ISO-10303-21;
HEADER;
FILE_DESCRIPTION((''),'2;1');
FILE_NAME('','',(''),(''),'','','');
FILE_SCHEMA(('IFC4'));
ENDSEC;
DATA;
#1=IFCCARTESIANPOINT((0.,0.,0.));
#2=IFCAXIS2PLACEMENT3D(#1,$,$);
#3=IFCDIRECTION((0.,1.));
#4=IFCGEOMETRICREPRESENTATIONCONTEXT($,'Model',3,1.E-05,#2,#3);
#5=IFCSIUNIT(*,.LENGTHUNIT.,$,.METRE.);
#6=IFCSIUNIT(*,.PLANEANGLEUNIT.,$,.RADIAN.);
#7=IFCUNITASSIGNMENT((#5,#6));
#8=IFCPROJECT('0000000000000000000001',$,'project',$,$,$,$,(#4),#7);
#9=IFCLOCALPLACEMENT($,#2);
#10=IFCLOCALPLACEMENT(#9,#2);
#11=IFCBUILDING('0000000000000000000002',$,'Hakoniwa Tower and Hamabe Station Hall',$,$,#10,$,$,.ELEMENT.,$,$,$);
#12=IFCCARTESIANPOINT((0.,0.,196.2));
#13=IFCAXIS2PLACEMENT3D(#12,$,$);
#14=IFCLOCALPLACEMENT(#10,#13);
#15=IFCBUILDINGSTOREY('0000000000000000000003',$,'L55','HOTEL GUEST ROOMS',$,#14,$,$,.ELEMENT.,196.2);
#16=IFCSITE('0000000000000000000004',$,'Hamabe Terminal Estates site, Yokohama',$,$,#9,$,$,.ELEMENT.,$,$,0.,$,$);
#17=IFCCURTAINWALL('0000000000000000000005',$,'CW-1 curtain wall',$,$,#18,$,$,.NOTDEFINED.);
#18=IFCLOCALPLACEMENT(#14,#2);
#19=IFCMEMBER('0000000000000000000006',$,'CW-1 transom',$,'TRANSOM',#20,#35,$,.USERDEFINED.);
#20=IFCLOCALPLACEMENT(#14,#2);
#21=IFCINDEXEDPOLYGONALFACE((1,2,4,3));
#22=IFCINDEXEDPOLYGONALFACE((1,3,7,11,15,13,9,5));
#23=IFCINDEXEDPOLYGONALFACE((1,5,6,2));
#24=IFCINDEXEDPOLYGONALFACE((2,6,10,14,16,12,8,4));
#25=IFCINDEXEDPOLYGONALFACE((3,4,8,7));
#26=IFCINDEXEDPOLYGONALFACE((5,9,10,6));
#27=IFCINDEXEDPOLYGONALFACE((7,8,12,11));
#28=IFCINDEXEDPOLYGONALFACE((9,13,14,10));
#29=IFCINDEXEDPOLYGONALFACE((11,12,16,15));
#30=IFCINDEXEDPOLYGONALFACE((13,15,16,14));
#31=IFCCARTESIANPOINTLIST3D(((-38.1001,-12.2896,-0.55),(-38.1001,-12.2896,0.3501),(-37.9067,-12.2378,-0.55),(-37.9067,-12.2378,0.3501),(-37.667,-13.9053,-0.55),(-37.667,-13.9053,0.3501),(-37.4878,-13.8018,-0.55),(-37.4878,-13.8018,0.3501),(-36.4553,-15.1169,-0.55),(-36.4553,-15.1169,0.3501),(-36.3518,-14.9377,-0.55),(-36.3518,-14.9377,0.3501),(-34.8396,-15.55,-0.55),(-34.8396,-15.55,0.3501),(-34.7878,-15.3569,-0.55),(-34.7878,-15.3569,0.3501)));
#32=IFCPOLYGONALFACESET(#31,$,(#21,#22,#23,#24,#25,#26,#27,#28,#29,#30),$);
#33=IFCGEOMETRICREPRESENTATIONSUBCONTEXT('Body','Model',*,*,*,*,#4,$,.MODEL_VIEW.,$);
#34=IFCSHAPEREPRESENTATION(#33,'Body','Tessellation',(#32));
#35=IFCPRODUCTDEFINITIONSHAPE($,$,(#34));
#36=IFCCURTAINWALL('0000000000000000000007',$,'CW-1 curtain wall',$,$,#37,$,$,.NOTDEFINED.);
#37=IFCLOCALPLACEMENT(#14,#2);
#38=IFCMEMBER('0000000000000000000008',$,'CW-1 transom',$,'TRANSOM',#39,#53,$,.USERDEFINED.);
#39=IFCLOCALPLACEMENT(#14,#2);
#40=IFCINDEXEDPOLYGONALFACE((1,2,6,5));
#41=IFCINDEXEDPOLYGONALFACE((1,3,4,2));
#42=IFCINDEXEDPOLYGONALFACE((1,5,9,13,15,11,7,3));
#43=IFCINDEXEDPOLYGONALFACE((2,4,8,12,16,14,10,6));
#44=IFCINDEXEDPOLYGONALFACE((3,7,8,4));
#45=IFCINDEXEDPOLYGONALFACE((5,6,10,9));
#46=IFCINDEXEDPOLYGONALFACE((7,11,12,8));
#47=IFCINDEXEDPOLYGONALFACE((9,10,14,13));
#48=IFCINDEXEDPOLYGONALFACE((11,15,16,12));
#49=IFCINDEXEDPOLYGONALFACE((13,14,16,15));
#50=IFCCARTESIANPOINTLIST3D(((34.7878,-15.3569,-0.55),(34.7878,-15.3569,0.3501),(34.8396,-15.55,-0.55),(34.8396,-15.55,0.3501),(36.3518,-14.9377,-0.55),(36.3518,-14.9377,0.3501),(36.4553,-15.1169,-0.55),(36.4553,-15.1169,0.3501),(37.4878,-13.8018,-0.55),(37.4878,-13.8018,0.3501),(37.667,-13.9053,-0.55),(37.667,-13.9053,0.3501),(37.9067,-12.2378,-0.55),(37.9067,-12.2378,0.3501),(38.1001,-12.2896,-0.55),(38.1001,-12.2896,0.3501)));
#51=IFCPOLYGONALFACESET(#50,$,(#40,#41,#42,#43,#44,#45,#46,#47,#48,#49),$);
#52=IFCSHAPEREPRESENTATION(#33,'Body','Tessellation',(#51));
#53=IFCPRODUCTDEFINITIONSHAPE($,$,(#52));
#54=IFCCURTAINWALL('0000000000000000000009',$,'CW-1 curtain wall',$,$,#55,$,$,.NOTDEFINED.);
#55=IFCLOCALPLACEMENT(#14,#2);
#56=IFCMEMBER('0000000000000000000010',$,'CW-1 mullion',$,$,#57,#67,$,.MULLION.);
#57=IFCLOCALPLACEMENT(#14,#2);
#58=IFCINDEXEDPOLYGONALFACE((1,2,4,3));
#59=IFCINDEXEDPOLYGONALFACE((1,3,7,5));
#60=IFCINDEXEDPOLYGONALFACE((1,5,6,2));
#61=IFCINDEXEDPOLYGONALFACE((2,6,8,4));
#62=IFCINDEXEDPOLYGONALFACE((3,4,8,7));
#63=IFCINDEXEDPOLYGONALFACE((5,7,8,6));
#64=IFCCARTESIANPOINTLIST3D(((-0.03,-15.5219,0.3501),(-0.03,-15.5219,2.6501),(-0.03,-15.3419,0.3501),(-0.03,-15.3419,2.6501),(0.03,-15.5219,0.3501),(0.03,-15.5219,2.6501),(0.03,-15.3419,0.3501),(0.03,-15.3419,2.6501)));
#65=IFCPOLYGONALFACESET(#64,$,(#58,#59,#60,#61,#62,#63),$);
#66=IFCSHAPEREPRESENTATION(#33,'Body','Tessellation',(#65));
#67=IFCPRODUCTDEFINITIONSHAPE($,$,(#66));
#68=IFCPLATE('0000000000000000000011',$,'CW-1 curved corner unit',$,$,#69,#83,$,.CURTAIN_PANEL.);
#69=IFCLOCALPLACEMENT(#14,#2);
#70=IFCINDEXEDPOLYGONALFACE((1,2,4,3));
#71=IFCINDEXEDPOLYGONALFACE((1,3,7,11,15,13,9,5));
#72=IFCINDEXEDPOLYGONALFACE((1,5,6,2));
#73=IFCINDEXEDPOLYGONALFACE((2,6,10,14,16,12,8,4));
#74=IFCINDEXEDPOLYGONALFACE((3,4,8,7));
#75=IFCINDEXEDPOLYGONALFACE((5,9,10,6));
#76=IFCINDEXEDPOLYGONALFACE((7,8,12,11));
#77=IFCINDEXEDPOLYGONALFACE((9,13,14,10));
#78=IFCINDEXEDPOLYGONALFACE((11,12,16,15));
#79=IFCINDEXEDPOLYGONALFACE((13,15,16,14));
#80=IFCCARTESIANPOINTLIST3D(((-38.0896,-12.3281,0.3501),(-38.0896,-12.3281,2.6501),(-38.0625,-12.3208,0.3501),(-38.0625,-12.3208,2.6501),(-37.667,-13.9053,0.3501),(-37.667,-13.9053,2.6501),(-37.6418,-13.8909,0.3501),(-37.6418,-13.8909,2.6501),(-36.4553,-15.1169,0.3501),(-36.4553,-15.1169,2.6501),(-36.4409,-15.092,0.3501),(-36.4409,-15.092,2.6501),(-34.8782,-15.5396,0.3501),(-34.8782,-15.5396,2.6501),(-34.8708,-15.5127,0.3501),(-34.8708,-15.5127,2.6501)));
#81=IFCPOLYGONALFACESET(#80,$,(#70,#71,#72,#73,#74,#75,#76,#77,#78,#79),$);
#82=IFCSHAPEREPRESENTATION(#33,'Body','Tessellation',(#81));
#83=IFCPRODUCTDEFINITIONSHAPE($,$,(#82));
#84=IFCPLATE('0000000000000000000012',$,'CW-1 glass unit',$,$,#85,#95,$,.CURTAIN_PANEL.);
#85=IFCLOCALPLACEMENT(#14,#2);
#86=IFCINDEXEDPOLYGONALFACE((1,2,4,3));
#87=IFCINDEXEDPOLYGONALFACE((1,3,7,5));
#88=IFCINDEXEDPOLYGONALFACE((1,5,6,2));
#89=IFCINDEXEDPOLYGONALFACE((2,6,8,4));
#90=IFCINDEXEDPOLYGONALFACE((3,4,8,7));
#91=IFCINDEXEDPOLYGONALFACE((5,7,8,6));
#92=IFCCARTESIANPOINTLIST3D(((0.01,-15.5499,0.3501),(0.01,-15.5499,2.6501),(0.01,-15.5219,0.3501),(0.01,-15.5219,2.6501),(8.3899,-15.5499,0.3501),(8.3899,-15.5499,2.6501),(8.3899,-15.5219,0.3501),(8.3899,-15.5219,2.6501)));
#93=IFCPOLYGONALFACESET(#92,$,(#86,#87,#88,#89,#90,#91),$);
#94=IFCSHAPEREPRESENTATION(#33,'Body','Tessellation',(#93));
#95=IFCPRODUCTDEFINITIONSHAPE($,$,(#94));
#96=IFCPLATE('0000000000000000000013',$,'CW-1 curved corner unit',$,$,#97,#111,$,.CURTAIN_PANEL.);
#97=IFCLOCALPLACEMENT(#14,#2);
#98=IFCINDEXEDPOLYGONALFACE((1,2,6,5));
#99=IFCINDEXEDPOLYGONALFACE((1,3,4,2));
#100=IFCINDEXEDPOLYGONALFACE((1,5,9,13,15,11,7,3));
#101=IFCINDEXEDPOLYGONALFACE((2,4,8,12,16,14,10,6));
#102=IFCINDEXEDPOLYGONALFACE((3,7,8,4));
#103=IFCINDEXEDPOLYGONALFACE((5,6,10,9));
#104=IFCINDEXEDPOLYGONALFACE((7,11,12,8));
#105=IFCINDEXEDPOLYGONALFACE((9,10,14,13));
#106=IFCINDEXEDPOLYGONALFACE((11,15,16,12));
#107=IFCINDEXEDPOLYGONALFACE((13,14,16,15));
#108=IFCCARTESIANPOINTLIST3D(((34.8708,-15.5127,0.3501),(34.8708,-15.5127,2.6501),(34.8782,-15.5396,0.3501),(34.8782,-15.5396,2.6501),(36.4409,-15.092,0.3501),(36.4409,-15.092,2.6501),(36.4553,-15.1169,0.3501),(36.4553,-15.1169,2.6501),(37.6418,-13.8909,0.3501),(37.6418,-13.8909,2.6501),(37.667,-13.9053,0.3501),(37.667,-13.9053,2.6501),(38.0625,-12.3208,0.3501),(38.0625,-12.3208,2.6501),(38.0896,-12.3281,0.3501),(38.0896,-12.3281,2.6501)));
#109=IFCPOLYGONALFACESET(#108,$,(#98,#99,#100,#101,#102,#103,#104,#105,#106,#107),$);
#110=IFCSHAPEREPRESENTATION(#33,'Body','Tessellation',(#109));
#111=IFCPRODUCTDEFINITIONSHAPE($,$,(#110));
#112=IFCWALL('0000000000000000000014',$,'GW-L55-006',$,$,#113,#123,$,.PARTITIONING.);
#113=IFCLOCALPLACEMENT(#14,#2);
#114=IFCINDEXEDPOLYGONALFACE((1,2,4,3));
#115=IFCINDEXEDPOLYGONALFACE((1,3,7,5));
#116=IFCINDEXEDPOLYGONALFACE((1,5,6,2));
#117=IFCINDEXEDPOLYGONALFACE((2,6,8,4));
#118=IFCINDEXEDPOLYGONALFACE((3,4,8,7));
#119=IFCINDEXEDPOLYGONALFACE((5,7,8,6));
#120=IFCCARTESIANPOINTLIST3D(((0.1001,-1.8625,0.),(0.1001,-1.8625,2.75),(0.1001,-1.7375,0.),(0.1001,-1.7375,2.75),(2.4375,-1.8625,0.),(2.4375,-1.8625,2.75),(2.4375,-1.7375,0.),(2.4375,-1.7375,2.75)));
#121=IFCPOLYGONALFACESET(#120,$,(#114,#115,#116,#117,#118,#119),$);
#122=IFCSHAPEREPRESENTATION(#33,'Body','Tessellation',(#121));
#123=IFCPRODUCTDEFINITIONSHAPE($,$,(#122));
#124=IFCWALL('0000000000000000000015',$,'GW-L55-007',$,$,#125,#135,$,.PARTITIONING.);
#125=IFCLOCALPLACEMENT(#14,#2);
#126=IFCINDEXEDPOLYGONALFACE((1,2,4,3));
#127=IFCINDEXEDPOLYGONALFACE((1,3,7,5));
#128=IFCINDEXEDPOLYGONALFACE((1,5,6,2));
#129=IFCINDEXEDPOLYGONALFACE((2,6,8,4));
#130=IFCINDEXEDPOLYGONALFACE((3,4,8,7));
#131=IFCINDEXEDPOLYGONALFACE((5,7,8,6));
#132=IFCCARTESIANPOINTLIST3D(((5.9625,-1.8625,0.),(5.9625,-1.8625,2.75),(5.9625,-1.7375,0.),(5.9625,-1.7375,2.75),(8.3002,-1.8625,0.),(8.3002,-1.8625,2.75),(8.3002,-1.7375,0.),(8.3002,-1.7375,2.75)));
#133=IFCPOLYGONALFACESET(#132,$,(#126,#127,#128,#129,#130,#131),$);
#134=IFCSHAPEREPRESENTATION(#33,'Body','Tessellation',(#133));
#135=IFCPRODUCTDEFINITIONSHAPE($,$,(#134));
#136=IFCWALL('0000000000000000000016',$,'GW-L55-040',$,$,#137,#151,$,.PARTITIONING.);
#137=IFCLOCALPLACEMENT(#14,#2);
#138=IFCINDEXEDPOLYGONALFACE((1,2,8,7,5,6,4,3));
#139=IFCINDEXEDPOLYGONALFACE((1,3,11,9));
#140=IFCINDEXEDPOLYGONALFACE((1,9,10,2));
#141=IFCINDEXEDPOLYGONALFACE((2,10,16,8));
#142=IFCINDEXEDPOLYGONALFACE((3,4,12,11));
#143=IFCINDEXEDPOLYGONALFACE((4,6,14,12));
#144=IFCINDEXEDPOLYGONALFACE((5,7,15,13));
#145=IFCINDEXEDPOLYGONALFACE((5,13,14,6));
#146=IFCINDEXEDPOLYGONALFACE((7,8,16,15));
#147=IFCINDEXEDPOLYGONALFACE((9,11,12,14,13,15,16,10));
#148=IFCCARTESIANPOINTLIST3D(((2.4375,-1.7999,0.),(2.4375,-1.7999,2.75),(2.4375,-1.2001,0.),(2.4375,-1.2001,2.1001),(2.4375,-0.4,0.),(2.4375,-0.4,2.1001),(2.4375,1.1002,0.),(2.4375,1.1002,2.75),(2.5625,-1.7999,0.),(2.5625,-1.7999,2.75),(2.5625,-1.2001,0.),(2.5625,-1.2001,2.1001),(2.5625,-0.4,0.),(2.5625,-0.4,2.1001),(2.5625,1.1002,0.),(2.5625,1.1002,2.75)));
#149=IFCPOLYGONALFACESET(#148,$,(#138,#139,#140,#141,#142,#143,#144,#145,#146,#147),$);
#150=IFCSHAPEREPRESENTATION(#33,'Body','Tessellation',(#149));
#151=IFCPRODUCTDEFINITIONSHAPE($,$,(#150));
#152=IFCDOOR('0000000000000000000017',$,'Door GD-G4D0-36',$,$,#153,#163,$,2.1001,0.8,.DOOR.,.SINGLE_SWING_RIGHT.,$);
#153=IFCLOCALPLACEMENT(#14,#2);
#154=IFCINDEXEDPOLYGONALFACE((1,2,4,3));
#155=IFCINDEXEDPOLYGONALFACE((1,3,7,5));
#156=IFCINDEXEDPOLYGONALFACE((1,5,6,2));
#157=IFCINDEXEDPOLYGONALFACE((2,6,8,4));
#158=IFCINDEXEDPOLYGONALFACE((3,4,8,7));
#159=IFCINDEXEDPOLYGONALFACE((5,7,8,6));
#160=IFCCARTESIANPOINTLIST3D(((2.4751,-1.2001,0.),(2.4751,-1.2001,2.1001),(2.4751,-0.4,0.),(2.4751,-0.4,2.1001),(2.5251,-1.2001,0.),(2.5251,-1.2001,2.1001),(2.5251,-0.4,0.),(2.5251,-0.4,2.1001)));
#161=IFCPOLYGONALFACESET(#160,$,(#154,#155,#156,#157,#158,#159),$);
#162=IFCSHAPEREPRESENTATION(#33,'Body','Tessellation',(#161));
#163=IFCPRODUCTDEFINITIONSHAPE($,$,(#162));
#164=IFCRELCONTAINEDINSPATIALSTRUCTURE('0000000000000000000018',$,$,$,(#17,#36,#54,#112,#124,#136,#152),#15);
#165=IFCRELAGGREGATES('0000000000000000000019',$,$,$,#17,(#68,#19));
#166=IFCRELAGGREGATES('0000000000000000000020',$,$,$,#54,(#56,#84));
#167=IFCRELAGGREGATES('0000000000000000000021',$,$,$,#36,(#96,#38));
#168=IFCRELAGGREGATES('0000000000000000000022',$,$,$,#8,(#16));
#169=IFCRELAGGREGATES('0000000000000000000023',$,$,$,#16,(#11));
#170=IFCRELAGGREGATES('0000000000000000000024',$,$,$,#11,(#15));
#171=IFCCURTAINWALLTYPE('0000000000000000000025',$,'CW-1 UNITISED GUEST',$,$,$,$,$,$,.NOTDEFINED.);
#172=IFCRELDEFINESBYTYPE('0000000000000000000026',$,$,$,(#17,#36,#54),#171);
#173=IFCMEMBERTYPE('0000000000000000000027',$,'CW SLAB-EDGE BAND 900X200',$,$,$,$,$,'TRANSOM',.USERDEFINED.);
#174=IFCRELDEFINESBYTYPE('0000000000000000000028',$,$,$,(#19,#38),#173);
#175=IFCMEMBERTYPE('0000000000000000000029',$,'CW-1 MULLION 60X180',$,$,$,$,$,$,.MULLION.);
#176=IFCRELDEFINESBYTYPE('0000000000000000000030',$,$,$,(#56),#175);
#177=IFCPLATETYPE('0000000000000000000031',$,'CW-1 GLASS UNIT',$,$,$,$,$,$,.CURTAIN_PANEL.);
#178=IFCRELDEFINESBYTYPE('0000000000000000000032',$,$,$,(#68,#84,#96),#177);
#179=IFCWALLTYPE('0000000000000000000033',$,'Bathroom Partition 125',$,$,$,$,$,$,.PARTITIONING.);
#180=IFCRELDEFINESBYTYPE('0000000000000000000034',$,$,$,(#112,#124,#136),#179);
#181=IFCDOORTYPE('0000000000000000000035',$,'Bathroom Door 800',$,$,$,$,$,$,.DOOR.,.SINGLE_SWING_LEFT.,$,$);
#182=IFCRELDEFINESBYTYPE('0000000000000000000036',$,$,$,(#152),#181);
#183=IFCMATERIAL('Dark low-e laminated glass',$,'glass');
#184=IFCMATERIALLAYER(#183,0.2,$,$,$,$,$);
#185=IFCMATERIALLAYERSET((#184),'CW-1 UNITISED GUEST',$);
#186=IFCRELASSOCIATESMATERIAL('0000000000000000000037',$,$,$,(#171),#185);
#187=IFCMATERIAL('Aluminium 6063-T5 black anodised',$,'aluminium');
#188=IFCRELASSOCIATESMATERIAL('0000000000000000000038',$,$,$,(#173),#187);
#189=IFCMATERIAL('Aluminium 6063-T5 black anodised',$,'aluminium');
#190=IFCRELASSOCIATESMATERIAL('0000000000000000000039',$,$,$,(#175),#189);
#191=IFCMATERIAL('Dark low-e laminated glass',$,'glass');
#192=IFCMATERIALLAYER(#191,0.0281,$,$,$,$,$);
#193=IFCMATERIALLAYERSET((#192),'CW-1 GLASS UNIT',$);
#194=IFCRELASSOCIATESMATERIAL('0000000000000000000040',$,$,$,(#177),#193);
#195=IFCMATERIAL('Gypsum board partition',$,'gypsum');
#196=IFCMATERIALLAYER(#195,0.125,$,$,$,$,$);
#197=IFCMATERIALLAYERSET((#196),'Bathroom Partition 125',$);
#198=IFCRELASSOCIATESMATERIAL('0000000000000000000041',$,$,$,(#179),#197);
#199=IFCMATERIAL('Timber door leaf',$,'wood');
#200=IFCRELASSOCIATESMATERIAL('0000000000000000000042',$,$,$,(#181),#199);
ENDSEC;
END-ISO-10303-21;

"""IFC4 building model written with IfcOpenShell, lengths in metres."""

from ifc_helpers import new_model, si_unit, direction, frame, frame_2d, origin, origin_2d, place, context, subcontext, project, spatial, polyline, rectangle, outline, extrude, material, layer, layer_set, material_profile, profile_set, type_object, element, fill, aggregate, save


model = new_model("IFC4")

# Units and contexts
model_context = context("Model", 3, precision=1e-05, world=origin(), true_north=direction((0.0, 1.0)))
body_context = subcontext(model_context, "Body", "Model", "MODEL_VIEW")
ifc_project = project(units=[si_unit("LENGTHUNIT", "METRE"), si_unit("PLANEANGLEUNIT", "RADIAN")], contexts=[model_context])

# Site, building, storey
site_placement = place(None, origin())
site = spatial("IfcSite", under=ifc_project, at=site_placement, Name="Hamabe Terminal Estates site, Yokohama", CompositionType="ELEMENT", RefElevation=0.0)
building_placement = place(site_placement, origin())
building = spatial("IfcBuilding", under=site, at=building_placement, Name="Hakoniwa Tower and Hamabe Station Hall", CompositionType="ELEMENT")
storey_placement = place(building_placement, frame((0.0, 0.0, 196.2)))
storey = spatial("IfcBuildingStorey", under=building, at=storey_placement, Name="L55", Description="HOTEL GUEST ROOMS", CompositionType="ELEMENT", Elevation=196.2)

# Curtain walls, members
ifc_material_1 = material(Name="Dark low-e laminated glass", Category="glass")
ifc_layer_1 = layer(ifc_material_1, 0.2)
ifc_layer_set_1 = layer_set([ifc_layer_1], Name="CW-1 UNITISED GUEST")
curtain_wall_type = type_object("IfcCurtainWallType", Name="CW-1 UNITISED GUEST", PredefinedType="NOTDEFINED", material=ifc_layer_set_1)
curtain_wall_1_placement = place(storey_placement, origin())
curtain_wall_1 = element("IfcCurtainWall", 1, at=curtain_wall_1_placement, inside=storey, type_object=curtain_wall_type, Name="CW-1 curtain wall", PredefinedType="NOTDEFINED")
ifc_material_2 = material(Name="Aluminium 6063-T5 black anodised", Category="aluminium")
ifc_material_profile_1 = material_profile(ifc_material_2, rectangle(XDim=0.2, YDim=0.8999, at=origin_2d()), Name="CW SLAB-EDGE BAND 900X200")
ifc_profile_set_1 = profile_set([ifc_material_profile_1], Name="Aluminium 6063-T5 black anodised")
member_type_1 = type_object("IfcMemberType", Name="CW SLAB-EDGE BAND 900X200", ElementType="TRANSOM", PredefinedType="USERDEFINED", material=ifc_profile_set_1)
member_1_placement = place(storey_placement, frame((0.0, 0.0, -0.55)))
member_1 = element("IfcMember", 2, at=member_1_placement, type_object=member_type_1, Name="CW-1 transom", ObjectType="TRANSOM", PredefinedType="USERDEFINED", context=body_context, shape_type="SweptSolid", body=[
    extrude(outline(polyline([(-38.1001, -12.2896), (-37.667, -13.9053), (-36.4553, -15.1169), (-34.8396, -15.55), (-34.7878, -15.3569), (-36.3518, -14.9377), (-37.4878, -13.8018), (-37.9067, -12.2378), (-38.1001, -12.2896)])), origin(), (0.0, 0.0, 1.0), 0.9001),
])
curtain_wall_2_placement = place(storey_placement, origin())
curtain_wall_2 = element("IfcCurtainWall", 3, at=curtain_wall_2_placement, inside=storey, type_object=curtain_wall_type, Name="CW-1 curtain wall", PredefinedType="NOTDEFINED")
member_2_placement = place(storey_placement, frame((0.0, 0.0, -0.55)))
member_2 = element("IfcMember", 4, at=member_2_placement, type_object=member_type_1, Name="CW-1 transom", ObjectType="TRANSOM", PredefinedType="USERDEFINED", context=body_context, shape_type="SweptSolid", body=[
    extrude(outline(polyline([(34.8396, -15.55), (36.4553, -15.1169), (37.667, -13.9053), (38.1001, -12.2896), (37.9067, -12.2378), (37.4878, -13.8018), (36.3518, -14.9377), (34.7878, -15.3569), (34.8396, -15.55)])), origin(), (0.0, 0.0, 1.0), 0.9001),
])
curtain_wall_3_placement = place(storey_placement, origin())
curtain_wall_3 = element("IfcCurtainWall", 5, at=curtain_wall_3_placement, inside=storey, type_object=curtain_wall_type, Name="CW-1 curtain wall", PredefinedType="NOTDEFINED")
ifc_material_3 = material(Name="Aluminium 6063-T5 black anodised", Category="aluminium")
ifc_material_profile_2 = material_profile(ifc_material_3, rectangle(XDim=0.0601, YDim=0.1799, at=origin_2d()), Name="CW-1 MULLION 60X180")
ifc_profile_set_2 = profile_set([ifc_material_profile_2], Name="Aluminium 6063-T5 black anodised")
member_type_2 = type_object("IfcMemberType", Name="CW-1 MULLION 60X180", PredefinedType="MULLION", material=ifc_profile_set_2)
member_3_placement = place(storey_placement, frame((0.0, -15.4319, 0.3501), z_axis=(0.0, 0.0, 1.0), x_axis=(1.0, 0.0, 0.0)))
member_3 = element("IfcMember", 6, at=member_3_placement, type_object=member_type_2, Name="CW-1 mullion", PredefinedType="MULLION", context=body_context, shape_type="SweptSolid", body=[
    extrude(rectangle(XDim=0.0601, YDim=0.1799, at=origin_2d()), origin(), (0.0, 0.0, 1.0), 2.3),
])

# Plates
ifc_material_4 = material(Name="Dark low-e laminated glass", Category="glass")
ifc_layer_2 = layer(ifc_material_4, 0.0281)
ifc_layer_set_2 = layer_set([ifc_layer_2], Name="CW-1 GLASS UNIT")
plate_type = type_object("IfcPlateType", Name="CW-1 GLASS UNIT", PredefinedType="CURTAIN_PANEL", material=ifc_layer_set_2)
plate_1_placement = place(storey_placement, frame((0.0, 0.0, 0.3501)))
plate_1 = element("IfcPlate", 7, at=plate_1_placement, type_object=plate_type, Name="CW-1 curved corner unit", PredefinedType="CURTAIN_PANEL", context=body_context, shape_type="SweptSolid", body=[
    extrude(outline(polyline([(-38.0896, -12.3281), (-37.667, -13.9053), (-36.4553, -15.1169), (-34.8782, -15.5396), (-34.8708, -15.5127), (-36.4409, -15.092), (-37.6418, -13.8909), (-38.0625, -12.3208), (-38.0896, -12.3281)])), origin(), (0.0, 0.0, 1.0), 2.3),
])
aggregate(curtain_wall_1, [plate_1, member_1])
plate_2_placement = place(storey_placement, frame((4.2, -15.5359, 0.3501), z_axis=(0.0, 0.0, 1.0), x_axis=(1.0, 0.0, 0.0)))
plate_2 = element("IfcPlate", 8, at=plate_2_placement, type_object=plate_type, Name="CW-1 glass unit", PredefinedType="CURTAIN_PANEL", context=body_context, shape_type="SweptSolid", body=[
    extrude(rectangle(XDim=8.3799, YDim=0.0281, at=origin_2d()), origin(), (0.0, 0.0, 1.0), 2.3),
])
aggregate(curtain_wall_3, [member_3, plate_2])
plate_3_placement = place(storey_placement, frame((0.0, 0.0, 0.3501)))
plate_3 = element("IfcPlate", 9, at=plate_3_placement, type_object=plate_type, Name="CW-1 curved corner unit", PredefinedType="CURTAIN_PANEL", context=body_context, shape_type="SweptSolid", body=[
    extrude(outline(polyline([(34.8782, -15.5396), (36.4553, -15.1169), (37.667, -13.9053), (38.0896, -12.3281), (38.0625, -12.3208), (37.6418, -13.8909), (36.4409, -15.092), (34.8708, -15.5127), (34.8782, -15.5396)])), origin(), (0.0, 0.0, 1.0), 2.3),
])
aggregate(curtain_wall_2, [plate_3, member_2])

# Walls
ifc_material_5 = material(Name="Gypsum board partition", Category="gypsum")
ifc_layer_3 = layer(ifc_material_5, 0.125)
ifc_layer_set_3 = layer_set([ifc_layer_3], Name="Bathroom Partition 125")
wall_type_1 = type_object("IfcWallType", Name="Bathroom Partition 125", PredefinedType="PARTITIONING", material=ifc_layer_set_3)
wall_1_placement = place(storey_placement, frame((0.1001, -1.8, 0.0), z_axis=(0.0, 0.0, 1.0), x_axis=(1.0, 0.0, 0.0)))
element("IfcWall", 10, at=wall_1_placement, inside=storey, type_object=wall_type_1, Name="GW-L55-006", PredefinedType="PARTITIONING", context=body_context, shape_type="SweptSolid", body=[
    extrude(rectangle(XDim=2.3374, YDim=0.125, at=frame_2d((1.1687, 0.0))), origin(), (0.0, 0.0, 1.0), 2.75),
])
wall_2_placement = place(storey_placement, frame((5.9624, -1.8, 0.0), z_axis=(0.0, 0.0, 1.0), x_axis=(1.0, 0.0, 0.0)))
element("IfcWall", 11, at=wall_2_placement, inside=storey, type_object=wall_type_1, Name="GW-L55-007", PredefinedType="PARTITIONING", context=body_context, shape_type="SweptSolid", body=[
    extrude(rectangle(XDim=2.3376, YDim=0.125, at=frame_2d((1.1689, 0.0))), origin(), (0.0, 0.0, 1.0), 2.75),
])

# Wall, opening, door
wall_3_placement = place(storey_placement, frame((2.5, -1.8, 0.0), z_axis=(0.0, 0.0, 1.0), x_axis=(0.0, 1.0, 0.0)))
wall_3 = element("IfcWall", 12, at=wall_3_placement, inside=storey, type_object=wall_type_1, Name="GW-L55-040", PredefinedType="PARTITIONING", context=body_context, shape_type="SweptSolid", body=[
    extrude(rectangle(XDim=2.9001, YDim=0.125, at=frame_2d((1.4502, 0.0))), origin(), (0.0, 0.0, 1.0), 2.75),
])
opening_1_placement = place(wall_3_placement, frame((0.6001, 0.0, 0.0)))
opening_1 = element("IfcOpeningElement", 13, at=opening_1_placement, cuts=wall_3, PredefinedType="OPENING", context=body_context, shape_type="SweptSolid", body=[
    extrude(rectangle(XDim=0.8, YDim=2.1001, at=frame_2d((0.3999, 1.05))), frame((0.0, 0.0725, 0.0), z_axis=(0.0, -1.0, 0.0), x_axis=(1.0, 0.0, 0.0)), (0.0, 0.0, 1.0), 0.145),
])
ifc_material_6 = material(Name="Timber door leaf", Category="wood")
door_type = type_object("IfcDoorType", Name="Bathroom Door 800", OperationType="SINGLE_SWING_LEFT", PredefinedType="DOOR", material=ifc_material_6)
door_1_placement = place(opening_1_placement, origin())
door_1 = element("IfcDoor", 14, at=door_1_placement, inside=storey, type_object=door_type, Name="Door GD-G4D0-36", OperationType="SINGLE_SWING_RIGHT", OverallHeight=2.1001, OverallWidth=0.8, PredefinedType="DOOR", context=body_context, shape_type="SweptSolid", body=[
    extrude(rectangle(XDim=0.8, YDim=2.1001, at=frame_2d((0.3999, 1.05))), frame((0.0, 0.0249, 0.0), z_axis=(0.0, -1.0, 0.0), x_axis=(1.0, 0.0, 0.0)), (0.0, 0.0, 1.0), 0.05),
])
fill(opening_1, door_1)

save(model, "model.ifc")
